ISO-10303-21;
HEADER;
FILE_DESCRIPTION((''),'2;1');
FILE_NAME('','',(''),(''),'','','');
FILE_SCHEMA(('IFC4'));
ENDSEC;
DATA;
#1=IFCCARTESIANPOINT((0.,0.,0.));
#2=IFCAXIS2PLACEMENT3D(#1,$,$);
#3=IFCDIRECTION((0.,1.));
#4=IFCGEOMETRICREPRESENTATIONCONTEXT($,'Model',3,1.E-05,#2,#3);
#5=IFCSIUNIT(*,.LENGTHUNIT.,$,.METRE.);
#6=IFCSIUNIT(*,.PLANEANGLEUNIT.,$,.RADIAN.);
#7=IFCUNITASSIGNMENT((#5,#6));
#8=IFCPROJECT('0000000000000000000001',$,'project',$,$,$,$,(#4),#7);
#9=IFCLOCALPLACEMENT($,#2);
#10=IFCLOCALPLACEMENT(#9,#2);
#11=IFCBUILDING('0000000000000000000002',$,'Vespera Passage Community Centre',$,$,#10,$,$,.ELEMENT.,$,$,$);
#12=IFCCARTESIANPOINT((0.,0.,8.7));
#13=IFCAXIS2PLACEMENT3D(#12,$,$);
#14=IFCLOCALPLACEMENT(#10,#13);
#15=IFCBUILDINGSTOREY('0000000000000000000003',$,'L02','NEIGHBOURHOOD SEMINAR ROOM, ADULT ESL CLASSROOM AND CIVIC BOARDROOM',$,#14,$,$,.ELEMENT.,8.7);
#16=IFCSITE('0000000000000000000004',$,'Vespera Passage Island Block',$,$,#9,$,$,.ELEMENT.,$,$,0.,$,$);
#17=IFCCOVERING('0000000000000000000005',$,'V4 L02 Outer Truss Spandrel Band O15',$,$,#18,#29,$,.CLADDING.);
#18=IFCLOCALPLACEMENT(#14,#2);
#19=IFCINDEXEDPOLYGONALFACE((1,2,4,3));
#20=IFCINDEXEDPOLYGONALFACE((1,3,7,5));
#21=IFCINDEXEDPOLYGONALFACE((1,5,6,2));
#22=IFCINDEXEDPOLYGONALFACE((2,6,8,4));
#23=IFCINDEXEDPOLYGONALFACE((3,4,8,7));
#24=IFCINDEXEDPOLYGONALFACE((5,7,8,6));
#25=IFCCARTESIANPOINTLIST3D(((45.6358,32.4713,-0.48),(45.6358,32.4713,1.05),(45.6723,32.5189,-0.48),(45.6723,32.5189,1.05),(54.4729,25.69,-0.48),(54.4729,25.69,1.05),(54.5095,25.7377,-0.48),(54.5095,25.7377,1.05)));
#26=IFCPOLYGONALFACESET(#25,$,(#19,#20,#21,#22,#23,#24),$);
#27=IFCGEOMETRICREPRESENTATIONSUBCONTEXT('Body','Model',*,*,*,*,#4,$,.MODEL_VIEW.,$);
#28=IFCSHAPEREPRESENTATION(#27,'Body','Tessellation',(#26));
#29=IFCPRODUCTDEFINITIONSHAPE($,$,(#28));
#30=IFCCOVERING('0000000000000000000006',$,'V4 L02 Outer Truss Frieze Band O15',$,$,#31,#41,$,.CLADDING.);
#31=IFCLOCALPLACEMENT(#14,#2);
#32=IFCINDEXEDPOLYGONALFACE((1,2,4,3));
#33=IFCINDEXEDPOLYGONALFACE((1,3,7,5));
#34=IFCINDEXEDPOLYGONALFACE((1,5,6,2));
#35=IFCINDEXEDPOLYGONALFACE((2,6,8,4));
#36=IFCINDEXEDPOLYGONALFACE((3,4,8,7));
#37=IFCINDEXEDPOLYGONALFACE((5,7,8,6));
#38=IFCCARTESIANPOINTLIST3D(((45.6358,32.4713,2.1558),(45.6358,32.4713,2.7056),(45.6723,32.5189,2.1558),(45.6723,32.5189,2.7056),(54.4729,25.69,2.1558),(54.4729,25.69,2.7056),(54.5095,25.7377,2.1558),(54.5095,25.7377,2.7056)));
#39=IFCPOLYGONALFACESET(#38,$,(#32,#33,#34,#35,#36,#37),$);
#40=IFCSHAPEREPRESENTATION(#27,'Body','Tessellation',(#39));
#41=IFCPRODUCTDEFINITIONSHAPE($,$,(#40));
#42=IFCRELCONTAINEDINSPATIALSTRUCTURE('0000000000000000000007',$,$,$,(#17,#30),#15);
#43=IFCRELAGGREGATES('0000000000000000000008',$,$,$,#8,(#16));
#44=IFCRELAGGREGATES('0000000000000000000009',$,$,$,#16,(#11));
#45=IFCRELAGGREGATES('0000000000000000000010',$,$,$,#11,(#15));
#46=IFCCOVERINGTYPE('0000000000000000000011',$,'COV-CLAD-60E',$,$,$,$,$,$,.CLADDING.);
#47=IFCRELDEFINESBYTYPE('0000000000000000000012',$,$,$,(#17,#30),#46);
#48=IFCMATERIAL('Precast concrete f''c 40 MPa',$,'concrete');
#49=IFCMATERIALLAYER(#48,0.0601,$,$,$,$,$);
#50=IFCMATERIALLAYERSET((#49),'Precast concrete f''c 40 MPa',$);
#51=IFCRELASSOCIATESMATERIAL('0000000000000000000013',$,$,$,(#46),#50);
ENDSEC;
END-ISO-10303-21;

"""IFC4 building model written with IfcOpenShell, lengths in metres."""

from ifc_helpers import new_model, si_unit, direction, frame, frame_2d, origin, place, context, subcontext, project, spatial, rectangle, extrude, material, layer, layer_set, type_object, element, save


model = new_model("IFC4")

# Units and contexts
model_context = context("Model", 3, precision=1e-05, world=origin(), true_north=direction((0.0, 1.0)))
body_context = subcontext(model_context, "Body", "Model", "MODEL_VIEW")
ifc_project = project(units=[si_unit("LENGTHUNIT", "METRE"), si_unit("PLANEANGLEUNIT", "RADIAN")], contexts=[model_context])

# Site, building, storey
site_placement = place(None, origin())
site = spatial("IfcSite", under=ifc_project, at=site_placement, Name="Vespera Passage Island Block", CompositionType="ELEMENT", RefElevation=0.0)
building_placement = place(site_placement, origin())
building = spatial("IfcBuilding", under=site, at=building_placement, Name="Vespera Passage Community Centre", CompositionType="ELEMENT")
storey_placement = place(building_placement, frame((0.0, 0.0, 8.7)))
storey = spatial("IfcBuildingStorey", under=building, at=storey_placement, Name="L02", Description="NEIGHBOURHOOD SEMINAR ROOM, ADULT ESL CLASSROOM AND CIVIC BOARDROOM", CompositionType="ELEMENT", Elevation=8.7)

# Coverings
ifc_material_1 = material(Name="Precast concrete f'c 40 MPa", Category="concrete")
ifc_layer_1 = layer(ifc_material_1, 0.0601)
ifc_layer_set_1 = layer_set([ifc_layer_1], Name="Precast concrete f'c 40 MPa")
covering_type = type_object("IfcCoveringType", Name="COV-CLAD-60E", PredefinedType="CLADDING", material=ifc_layer_set_1)
covering_1_placement = place(storey_placement, frame((54.4912, 25.7139, -0.48), z_axis=(0.0, 0.0, 1.0), x_axis=(-0.793342, 0.608776, 0.0)))
element("IfcCovering", 1, at=covering_1_placement, inside=storey, type_object=covering_type, Name="V4 L02 Outer Truss Spandrel Band O15", PredefinedType="CLADDING", context=body_context, shape_type="SweptSolid", body=[
    extrude(rectangle(XDim=11.1392, YDim=0.0601, at=frame_2d((5.5696, 0.0))), origin(), (0.0, 0.0, 1.0), 1.53),
])
covering_2_placement = place(storey_placement, frame((54.4912, 25.7139, 2.1558), z_axis=(0.0, 0.0, 1.0), x_axis=(-0.793342, 0.608776, 0.0)))
element("IfcCovering", 2, at=covering_2_placement, inside=storey, type_object=covering_type, Name="V4 L02 Outer Truss Frieze Band O15", PredefinedType="CLADDING", context=body_context, shape_type="SweptSolid", body=[
    extrude(rectangle(XDim=11.1392, YDim=0.0601, at=frame_2d((5.5696, 0.0))), origin(), (0.0, 0.0, 1.0), 0.5498),
])

save(model, "model.ifc")
